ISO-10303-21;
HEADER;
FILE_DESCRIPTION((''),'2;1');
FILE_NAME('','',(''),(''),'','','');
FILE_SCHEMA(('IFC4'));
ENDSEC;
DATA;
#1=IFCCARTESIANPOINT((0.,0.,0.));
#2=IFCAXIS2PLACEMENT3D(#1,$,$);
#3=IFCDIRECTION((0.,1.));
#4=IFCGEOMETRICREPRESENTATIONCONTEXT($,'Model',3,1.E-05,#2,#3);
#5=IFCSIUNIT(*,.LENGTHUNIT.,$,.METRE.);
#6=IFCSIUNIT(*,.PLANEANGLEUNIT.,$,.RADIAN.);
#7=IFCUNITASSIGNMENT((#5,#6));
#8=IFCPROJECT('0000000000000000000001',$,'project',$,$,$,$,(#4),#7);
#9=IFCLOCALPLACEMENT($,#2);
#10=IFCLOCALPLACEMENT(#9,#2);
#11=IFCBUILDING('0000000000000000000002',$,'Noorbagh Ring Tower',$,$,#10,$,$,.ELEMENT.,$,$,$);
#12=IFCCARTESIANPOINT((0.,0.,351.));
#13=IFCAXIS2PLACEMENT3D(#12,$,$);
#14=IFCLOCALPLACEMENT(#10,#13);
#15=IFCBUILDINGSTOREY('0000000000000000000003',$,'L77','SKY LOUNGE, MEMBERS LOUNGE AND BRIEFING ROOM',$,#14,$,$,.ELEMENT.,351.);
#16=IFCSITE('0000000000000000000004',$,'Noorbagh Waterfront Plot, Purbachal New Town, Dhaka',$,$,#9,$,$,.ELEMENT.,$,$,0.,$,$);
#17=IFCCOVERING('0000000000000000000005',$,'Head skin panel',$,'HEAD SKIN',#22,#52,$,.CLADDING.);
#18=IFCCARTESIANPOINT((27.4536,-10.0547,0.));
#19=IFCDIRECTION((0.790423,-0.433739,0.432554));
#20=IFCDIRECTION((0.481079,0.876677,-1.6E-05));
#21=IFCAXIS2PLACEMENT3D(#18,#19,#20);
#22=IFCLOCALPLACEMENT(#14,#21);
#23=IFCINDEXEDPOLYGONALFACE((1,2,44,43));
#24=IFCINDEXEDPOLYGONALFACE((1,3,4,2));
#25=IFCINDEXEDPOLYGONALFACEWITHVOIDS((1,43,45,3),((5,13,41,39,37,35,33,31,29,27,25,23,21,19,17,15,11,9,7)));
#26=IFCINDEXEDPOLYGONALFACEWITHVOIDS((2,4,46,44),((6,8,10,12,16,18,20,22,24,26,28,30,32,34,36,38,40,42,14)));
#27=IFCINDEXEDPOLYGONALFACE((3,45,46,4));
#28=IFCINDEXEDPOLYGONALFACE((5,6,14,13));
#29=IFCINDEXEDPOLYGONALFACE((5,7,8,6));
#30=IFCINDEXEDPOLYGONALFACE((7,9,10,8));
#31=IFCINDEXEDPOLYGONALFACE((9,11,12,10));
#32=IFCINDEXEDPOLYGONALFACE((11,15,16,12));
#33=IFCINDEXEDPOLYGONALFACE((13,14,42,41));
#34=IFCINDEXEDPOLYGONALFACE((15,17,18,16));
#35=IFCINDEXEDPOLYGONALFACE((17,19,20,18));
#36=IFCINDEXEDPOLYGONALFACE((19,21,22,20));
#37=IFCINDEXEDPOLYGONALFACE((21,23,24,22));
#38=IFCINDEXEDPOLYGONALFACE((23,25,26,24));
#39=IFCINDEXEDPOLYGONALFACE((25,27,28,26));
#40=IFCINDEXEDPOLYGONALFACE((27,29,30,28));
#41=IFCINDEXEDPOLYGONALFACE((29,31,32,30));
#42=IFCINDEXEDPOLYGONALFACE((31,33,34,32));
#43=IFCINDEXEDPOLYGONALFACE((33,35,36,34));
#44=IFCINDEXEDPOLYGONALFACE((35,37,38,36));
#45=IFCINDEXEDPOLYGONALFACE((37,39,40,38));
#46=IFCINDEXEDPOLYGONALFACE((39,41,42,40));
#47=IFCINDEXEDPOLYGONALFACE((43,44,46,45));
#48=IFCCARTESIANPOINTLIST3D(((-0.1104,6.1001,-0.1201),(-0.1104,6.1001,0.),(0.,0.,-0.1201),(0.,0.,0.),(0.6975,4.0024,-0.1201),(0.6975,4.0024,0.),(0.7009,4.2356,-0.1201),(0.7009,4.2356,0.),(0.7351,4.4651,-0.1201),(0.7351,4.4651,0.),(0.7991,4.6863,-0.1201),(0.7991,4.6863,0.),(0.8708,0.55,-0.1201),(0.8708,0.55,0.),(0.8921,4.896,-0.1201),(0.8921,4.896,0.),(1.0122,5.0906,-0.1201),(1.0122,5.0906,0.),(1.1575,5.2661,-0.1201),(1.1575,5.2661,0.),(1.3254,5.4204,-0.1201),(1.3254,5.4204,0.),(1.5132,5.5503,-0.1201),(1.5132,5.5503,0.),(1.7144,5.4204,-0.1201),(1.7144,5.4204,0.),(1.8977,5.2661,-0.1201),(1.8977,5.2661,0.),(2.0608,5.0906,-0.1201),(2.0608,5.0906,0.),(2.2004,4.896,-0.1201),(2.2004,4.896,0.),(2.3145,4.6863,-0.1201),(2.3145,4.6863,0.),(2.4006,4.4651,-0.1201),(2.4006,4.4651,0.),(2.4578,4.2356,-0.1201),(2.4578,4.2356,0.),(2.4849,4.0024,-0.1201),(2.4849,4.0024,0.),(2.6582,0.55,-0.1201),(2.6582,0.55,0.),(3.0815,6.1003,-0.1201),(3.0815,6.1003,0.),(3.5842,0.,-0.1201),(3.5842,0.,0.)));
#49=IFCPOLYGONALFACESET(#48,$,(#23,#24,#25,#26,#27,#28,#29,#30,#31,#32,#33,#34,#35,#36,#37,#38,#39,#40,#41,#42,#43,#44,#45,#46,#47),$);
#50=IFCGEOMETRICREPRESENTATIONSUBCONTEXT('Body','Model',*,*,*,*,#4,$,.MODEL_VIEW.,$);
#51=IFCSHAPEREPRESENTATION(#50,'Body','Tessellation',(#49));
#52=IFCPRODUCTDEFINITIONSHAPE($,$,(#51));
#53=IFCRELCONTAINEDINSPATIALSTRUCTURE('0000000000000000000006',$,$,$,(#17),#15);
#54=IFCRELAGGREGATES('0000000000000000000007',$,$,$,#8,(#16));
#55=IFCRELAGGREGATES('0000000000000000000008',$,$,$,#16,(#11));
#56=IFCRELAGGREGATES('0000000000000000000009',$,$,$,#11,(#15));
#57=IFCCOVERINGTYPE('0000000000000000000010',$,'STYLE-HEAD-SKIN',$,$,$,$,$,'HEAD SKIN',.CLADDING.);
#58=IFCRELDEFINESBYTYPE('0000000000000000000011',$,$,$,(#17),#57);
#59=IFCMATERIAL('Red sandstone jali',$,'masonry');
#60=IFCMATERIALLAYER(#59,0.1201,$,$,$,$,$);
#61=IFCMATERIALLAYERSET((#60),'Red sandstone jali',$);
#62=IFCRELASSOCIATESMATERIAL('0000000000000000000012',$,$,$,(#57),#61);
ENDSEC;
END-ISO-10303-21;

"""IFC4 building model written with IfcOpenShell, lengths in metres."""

from ifc_helpers import new_model, si_unit, direction, frame, origin, place, context, subcontext, project, spatial, polyline, outline, extrude, material, layer, layer_set, type_object, element, save


model = new_model("IFC4")

# Units and contexts
model_context = context("Model", 3, precision=1e-05, world=origin(), true_north=direction((0.0, 1.0)))
body_context = subcontext(model_context, "Body", "Model", "MODEL_VIEW")
ifc_project = project(units=[si_unit("LENGTHUNIT", "METRE"), si_unit("PLANEANGLEUNIT", "RADIAN")], contexts=[model_context])

# Site, building, storey
site_placement = place(None, origin())
site = spatial("IfcSite", under=ifc_project, at=site_placement, Name="Noorbagh Waterfront Plot, Purbachal New Town, Dhaka", CompositionType="ELEMENT", RefElevation=0.0)
building_placement = place(site_placement, origin())
building = spatial("IfcBuilding", under=site, at=building_placement, Name="Noorbagh Ring Tower", CompositionType="ELEMENT")
storey_placement = place(building_placement, frame((0.0, 0.0, 351.0)))
storey = spatial("IfcBuildingStorey", under=building, at=storey_placement, Name="L77", Description="SKY LOUNGE, MEMBERS LOUNGE AND BRIEFING ROOM", CompositionType="ELEMENT", Elevation=351.0)

# Covering
ifc_material_1 = material(Name="Red sandstone jali", Category="masonry")
ifc_layer_1 = layer(ifc_material_1, 0.1201)
ifc_layer_set_1 = layer_set([ifc_layer_1], Name="Red sandstone jali")
covering_type_1 = type_object("IfcCoveringType", Name="STYLE-HEAD-SKIN", ElementType="HEAD SKIN", PredefinedType="CLADDING", material=ifc_layer_set_1)
covering_1_placement = place(storey_placement, frame((27.4536, -10.0547, 0.0), z_axis=(0.790423, -0.433739, 0.432554), x_axis=(0.481079, 0.876677, -0.000016)))
element("IfcCovering", 1, at=covering_1_placement, inside=storey, type_object=covering_type_1, Name="Head skin panel", ObjectType="HEAD SKIN", PredefinedType="CLADDING", context=body_context, shape_type="SweptSolid", body=[
    extrude(outline(polyline([(0.0, 0.0), (3.5842, 0.0), (3.0815, 6.1003), (-0.1104, 6.1001), (0.0, 0.0)]), holes=[polyline([(0.8708, 0.55), (0.6975, 4.0024), (0.7009, 4.2356), (0.7351, 4.4651), (0.7991, 4.6863), (0.8921, 4.896), (1.0122, 5.0906), (1.1575, 5.2661), (1.3254, 5.4204), (1.5132, 5.5503), (1.7144, 5.4204), (1.8977, 5.2661), (2.0608, 5.0906), (2.2004, 4.896), (2.3145, 4.6863), (2.4006, 4.4651), (2.4578, 4.2356), (2.4849, 4.0024), (2.6582, 0.55), (0.8708, 0.55)])]), origin(), (0.0, 0.0, -1.0), 0.1201),
])

save(model, "model.ifc")
